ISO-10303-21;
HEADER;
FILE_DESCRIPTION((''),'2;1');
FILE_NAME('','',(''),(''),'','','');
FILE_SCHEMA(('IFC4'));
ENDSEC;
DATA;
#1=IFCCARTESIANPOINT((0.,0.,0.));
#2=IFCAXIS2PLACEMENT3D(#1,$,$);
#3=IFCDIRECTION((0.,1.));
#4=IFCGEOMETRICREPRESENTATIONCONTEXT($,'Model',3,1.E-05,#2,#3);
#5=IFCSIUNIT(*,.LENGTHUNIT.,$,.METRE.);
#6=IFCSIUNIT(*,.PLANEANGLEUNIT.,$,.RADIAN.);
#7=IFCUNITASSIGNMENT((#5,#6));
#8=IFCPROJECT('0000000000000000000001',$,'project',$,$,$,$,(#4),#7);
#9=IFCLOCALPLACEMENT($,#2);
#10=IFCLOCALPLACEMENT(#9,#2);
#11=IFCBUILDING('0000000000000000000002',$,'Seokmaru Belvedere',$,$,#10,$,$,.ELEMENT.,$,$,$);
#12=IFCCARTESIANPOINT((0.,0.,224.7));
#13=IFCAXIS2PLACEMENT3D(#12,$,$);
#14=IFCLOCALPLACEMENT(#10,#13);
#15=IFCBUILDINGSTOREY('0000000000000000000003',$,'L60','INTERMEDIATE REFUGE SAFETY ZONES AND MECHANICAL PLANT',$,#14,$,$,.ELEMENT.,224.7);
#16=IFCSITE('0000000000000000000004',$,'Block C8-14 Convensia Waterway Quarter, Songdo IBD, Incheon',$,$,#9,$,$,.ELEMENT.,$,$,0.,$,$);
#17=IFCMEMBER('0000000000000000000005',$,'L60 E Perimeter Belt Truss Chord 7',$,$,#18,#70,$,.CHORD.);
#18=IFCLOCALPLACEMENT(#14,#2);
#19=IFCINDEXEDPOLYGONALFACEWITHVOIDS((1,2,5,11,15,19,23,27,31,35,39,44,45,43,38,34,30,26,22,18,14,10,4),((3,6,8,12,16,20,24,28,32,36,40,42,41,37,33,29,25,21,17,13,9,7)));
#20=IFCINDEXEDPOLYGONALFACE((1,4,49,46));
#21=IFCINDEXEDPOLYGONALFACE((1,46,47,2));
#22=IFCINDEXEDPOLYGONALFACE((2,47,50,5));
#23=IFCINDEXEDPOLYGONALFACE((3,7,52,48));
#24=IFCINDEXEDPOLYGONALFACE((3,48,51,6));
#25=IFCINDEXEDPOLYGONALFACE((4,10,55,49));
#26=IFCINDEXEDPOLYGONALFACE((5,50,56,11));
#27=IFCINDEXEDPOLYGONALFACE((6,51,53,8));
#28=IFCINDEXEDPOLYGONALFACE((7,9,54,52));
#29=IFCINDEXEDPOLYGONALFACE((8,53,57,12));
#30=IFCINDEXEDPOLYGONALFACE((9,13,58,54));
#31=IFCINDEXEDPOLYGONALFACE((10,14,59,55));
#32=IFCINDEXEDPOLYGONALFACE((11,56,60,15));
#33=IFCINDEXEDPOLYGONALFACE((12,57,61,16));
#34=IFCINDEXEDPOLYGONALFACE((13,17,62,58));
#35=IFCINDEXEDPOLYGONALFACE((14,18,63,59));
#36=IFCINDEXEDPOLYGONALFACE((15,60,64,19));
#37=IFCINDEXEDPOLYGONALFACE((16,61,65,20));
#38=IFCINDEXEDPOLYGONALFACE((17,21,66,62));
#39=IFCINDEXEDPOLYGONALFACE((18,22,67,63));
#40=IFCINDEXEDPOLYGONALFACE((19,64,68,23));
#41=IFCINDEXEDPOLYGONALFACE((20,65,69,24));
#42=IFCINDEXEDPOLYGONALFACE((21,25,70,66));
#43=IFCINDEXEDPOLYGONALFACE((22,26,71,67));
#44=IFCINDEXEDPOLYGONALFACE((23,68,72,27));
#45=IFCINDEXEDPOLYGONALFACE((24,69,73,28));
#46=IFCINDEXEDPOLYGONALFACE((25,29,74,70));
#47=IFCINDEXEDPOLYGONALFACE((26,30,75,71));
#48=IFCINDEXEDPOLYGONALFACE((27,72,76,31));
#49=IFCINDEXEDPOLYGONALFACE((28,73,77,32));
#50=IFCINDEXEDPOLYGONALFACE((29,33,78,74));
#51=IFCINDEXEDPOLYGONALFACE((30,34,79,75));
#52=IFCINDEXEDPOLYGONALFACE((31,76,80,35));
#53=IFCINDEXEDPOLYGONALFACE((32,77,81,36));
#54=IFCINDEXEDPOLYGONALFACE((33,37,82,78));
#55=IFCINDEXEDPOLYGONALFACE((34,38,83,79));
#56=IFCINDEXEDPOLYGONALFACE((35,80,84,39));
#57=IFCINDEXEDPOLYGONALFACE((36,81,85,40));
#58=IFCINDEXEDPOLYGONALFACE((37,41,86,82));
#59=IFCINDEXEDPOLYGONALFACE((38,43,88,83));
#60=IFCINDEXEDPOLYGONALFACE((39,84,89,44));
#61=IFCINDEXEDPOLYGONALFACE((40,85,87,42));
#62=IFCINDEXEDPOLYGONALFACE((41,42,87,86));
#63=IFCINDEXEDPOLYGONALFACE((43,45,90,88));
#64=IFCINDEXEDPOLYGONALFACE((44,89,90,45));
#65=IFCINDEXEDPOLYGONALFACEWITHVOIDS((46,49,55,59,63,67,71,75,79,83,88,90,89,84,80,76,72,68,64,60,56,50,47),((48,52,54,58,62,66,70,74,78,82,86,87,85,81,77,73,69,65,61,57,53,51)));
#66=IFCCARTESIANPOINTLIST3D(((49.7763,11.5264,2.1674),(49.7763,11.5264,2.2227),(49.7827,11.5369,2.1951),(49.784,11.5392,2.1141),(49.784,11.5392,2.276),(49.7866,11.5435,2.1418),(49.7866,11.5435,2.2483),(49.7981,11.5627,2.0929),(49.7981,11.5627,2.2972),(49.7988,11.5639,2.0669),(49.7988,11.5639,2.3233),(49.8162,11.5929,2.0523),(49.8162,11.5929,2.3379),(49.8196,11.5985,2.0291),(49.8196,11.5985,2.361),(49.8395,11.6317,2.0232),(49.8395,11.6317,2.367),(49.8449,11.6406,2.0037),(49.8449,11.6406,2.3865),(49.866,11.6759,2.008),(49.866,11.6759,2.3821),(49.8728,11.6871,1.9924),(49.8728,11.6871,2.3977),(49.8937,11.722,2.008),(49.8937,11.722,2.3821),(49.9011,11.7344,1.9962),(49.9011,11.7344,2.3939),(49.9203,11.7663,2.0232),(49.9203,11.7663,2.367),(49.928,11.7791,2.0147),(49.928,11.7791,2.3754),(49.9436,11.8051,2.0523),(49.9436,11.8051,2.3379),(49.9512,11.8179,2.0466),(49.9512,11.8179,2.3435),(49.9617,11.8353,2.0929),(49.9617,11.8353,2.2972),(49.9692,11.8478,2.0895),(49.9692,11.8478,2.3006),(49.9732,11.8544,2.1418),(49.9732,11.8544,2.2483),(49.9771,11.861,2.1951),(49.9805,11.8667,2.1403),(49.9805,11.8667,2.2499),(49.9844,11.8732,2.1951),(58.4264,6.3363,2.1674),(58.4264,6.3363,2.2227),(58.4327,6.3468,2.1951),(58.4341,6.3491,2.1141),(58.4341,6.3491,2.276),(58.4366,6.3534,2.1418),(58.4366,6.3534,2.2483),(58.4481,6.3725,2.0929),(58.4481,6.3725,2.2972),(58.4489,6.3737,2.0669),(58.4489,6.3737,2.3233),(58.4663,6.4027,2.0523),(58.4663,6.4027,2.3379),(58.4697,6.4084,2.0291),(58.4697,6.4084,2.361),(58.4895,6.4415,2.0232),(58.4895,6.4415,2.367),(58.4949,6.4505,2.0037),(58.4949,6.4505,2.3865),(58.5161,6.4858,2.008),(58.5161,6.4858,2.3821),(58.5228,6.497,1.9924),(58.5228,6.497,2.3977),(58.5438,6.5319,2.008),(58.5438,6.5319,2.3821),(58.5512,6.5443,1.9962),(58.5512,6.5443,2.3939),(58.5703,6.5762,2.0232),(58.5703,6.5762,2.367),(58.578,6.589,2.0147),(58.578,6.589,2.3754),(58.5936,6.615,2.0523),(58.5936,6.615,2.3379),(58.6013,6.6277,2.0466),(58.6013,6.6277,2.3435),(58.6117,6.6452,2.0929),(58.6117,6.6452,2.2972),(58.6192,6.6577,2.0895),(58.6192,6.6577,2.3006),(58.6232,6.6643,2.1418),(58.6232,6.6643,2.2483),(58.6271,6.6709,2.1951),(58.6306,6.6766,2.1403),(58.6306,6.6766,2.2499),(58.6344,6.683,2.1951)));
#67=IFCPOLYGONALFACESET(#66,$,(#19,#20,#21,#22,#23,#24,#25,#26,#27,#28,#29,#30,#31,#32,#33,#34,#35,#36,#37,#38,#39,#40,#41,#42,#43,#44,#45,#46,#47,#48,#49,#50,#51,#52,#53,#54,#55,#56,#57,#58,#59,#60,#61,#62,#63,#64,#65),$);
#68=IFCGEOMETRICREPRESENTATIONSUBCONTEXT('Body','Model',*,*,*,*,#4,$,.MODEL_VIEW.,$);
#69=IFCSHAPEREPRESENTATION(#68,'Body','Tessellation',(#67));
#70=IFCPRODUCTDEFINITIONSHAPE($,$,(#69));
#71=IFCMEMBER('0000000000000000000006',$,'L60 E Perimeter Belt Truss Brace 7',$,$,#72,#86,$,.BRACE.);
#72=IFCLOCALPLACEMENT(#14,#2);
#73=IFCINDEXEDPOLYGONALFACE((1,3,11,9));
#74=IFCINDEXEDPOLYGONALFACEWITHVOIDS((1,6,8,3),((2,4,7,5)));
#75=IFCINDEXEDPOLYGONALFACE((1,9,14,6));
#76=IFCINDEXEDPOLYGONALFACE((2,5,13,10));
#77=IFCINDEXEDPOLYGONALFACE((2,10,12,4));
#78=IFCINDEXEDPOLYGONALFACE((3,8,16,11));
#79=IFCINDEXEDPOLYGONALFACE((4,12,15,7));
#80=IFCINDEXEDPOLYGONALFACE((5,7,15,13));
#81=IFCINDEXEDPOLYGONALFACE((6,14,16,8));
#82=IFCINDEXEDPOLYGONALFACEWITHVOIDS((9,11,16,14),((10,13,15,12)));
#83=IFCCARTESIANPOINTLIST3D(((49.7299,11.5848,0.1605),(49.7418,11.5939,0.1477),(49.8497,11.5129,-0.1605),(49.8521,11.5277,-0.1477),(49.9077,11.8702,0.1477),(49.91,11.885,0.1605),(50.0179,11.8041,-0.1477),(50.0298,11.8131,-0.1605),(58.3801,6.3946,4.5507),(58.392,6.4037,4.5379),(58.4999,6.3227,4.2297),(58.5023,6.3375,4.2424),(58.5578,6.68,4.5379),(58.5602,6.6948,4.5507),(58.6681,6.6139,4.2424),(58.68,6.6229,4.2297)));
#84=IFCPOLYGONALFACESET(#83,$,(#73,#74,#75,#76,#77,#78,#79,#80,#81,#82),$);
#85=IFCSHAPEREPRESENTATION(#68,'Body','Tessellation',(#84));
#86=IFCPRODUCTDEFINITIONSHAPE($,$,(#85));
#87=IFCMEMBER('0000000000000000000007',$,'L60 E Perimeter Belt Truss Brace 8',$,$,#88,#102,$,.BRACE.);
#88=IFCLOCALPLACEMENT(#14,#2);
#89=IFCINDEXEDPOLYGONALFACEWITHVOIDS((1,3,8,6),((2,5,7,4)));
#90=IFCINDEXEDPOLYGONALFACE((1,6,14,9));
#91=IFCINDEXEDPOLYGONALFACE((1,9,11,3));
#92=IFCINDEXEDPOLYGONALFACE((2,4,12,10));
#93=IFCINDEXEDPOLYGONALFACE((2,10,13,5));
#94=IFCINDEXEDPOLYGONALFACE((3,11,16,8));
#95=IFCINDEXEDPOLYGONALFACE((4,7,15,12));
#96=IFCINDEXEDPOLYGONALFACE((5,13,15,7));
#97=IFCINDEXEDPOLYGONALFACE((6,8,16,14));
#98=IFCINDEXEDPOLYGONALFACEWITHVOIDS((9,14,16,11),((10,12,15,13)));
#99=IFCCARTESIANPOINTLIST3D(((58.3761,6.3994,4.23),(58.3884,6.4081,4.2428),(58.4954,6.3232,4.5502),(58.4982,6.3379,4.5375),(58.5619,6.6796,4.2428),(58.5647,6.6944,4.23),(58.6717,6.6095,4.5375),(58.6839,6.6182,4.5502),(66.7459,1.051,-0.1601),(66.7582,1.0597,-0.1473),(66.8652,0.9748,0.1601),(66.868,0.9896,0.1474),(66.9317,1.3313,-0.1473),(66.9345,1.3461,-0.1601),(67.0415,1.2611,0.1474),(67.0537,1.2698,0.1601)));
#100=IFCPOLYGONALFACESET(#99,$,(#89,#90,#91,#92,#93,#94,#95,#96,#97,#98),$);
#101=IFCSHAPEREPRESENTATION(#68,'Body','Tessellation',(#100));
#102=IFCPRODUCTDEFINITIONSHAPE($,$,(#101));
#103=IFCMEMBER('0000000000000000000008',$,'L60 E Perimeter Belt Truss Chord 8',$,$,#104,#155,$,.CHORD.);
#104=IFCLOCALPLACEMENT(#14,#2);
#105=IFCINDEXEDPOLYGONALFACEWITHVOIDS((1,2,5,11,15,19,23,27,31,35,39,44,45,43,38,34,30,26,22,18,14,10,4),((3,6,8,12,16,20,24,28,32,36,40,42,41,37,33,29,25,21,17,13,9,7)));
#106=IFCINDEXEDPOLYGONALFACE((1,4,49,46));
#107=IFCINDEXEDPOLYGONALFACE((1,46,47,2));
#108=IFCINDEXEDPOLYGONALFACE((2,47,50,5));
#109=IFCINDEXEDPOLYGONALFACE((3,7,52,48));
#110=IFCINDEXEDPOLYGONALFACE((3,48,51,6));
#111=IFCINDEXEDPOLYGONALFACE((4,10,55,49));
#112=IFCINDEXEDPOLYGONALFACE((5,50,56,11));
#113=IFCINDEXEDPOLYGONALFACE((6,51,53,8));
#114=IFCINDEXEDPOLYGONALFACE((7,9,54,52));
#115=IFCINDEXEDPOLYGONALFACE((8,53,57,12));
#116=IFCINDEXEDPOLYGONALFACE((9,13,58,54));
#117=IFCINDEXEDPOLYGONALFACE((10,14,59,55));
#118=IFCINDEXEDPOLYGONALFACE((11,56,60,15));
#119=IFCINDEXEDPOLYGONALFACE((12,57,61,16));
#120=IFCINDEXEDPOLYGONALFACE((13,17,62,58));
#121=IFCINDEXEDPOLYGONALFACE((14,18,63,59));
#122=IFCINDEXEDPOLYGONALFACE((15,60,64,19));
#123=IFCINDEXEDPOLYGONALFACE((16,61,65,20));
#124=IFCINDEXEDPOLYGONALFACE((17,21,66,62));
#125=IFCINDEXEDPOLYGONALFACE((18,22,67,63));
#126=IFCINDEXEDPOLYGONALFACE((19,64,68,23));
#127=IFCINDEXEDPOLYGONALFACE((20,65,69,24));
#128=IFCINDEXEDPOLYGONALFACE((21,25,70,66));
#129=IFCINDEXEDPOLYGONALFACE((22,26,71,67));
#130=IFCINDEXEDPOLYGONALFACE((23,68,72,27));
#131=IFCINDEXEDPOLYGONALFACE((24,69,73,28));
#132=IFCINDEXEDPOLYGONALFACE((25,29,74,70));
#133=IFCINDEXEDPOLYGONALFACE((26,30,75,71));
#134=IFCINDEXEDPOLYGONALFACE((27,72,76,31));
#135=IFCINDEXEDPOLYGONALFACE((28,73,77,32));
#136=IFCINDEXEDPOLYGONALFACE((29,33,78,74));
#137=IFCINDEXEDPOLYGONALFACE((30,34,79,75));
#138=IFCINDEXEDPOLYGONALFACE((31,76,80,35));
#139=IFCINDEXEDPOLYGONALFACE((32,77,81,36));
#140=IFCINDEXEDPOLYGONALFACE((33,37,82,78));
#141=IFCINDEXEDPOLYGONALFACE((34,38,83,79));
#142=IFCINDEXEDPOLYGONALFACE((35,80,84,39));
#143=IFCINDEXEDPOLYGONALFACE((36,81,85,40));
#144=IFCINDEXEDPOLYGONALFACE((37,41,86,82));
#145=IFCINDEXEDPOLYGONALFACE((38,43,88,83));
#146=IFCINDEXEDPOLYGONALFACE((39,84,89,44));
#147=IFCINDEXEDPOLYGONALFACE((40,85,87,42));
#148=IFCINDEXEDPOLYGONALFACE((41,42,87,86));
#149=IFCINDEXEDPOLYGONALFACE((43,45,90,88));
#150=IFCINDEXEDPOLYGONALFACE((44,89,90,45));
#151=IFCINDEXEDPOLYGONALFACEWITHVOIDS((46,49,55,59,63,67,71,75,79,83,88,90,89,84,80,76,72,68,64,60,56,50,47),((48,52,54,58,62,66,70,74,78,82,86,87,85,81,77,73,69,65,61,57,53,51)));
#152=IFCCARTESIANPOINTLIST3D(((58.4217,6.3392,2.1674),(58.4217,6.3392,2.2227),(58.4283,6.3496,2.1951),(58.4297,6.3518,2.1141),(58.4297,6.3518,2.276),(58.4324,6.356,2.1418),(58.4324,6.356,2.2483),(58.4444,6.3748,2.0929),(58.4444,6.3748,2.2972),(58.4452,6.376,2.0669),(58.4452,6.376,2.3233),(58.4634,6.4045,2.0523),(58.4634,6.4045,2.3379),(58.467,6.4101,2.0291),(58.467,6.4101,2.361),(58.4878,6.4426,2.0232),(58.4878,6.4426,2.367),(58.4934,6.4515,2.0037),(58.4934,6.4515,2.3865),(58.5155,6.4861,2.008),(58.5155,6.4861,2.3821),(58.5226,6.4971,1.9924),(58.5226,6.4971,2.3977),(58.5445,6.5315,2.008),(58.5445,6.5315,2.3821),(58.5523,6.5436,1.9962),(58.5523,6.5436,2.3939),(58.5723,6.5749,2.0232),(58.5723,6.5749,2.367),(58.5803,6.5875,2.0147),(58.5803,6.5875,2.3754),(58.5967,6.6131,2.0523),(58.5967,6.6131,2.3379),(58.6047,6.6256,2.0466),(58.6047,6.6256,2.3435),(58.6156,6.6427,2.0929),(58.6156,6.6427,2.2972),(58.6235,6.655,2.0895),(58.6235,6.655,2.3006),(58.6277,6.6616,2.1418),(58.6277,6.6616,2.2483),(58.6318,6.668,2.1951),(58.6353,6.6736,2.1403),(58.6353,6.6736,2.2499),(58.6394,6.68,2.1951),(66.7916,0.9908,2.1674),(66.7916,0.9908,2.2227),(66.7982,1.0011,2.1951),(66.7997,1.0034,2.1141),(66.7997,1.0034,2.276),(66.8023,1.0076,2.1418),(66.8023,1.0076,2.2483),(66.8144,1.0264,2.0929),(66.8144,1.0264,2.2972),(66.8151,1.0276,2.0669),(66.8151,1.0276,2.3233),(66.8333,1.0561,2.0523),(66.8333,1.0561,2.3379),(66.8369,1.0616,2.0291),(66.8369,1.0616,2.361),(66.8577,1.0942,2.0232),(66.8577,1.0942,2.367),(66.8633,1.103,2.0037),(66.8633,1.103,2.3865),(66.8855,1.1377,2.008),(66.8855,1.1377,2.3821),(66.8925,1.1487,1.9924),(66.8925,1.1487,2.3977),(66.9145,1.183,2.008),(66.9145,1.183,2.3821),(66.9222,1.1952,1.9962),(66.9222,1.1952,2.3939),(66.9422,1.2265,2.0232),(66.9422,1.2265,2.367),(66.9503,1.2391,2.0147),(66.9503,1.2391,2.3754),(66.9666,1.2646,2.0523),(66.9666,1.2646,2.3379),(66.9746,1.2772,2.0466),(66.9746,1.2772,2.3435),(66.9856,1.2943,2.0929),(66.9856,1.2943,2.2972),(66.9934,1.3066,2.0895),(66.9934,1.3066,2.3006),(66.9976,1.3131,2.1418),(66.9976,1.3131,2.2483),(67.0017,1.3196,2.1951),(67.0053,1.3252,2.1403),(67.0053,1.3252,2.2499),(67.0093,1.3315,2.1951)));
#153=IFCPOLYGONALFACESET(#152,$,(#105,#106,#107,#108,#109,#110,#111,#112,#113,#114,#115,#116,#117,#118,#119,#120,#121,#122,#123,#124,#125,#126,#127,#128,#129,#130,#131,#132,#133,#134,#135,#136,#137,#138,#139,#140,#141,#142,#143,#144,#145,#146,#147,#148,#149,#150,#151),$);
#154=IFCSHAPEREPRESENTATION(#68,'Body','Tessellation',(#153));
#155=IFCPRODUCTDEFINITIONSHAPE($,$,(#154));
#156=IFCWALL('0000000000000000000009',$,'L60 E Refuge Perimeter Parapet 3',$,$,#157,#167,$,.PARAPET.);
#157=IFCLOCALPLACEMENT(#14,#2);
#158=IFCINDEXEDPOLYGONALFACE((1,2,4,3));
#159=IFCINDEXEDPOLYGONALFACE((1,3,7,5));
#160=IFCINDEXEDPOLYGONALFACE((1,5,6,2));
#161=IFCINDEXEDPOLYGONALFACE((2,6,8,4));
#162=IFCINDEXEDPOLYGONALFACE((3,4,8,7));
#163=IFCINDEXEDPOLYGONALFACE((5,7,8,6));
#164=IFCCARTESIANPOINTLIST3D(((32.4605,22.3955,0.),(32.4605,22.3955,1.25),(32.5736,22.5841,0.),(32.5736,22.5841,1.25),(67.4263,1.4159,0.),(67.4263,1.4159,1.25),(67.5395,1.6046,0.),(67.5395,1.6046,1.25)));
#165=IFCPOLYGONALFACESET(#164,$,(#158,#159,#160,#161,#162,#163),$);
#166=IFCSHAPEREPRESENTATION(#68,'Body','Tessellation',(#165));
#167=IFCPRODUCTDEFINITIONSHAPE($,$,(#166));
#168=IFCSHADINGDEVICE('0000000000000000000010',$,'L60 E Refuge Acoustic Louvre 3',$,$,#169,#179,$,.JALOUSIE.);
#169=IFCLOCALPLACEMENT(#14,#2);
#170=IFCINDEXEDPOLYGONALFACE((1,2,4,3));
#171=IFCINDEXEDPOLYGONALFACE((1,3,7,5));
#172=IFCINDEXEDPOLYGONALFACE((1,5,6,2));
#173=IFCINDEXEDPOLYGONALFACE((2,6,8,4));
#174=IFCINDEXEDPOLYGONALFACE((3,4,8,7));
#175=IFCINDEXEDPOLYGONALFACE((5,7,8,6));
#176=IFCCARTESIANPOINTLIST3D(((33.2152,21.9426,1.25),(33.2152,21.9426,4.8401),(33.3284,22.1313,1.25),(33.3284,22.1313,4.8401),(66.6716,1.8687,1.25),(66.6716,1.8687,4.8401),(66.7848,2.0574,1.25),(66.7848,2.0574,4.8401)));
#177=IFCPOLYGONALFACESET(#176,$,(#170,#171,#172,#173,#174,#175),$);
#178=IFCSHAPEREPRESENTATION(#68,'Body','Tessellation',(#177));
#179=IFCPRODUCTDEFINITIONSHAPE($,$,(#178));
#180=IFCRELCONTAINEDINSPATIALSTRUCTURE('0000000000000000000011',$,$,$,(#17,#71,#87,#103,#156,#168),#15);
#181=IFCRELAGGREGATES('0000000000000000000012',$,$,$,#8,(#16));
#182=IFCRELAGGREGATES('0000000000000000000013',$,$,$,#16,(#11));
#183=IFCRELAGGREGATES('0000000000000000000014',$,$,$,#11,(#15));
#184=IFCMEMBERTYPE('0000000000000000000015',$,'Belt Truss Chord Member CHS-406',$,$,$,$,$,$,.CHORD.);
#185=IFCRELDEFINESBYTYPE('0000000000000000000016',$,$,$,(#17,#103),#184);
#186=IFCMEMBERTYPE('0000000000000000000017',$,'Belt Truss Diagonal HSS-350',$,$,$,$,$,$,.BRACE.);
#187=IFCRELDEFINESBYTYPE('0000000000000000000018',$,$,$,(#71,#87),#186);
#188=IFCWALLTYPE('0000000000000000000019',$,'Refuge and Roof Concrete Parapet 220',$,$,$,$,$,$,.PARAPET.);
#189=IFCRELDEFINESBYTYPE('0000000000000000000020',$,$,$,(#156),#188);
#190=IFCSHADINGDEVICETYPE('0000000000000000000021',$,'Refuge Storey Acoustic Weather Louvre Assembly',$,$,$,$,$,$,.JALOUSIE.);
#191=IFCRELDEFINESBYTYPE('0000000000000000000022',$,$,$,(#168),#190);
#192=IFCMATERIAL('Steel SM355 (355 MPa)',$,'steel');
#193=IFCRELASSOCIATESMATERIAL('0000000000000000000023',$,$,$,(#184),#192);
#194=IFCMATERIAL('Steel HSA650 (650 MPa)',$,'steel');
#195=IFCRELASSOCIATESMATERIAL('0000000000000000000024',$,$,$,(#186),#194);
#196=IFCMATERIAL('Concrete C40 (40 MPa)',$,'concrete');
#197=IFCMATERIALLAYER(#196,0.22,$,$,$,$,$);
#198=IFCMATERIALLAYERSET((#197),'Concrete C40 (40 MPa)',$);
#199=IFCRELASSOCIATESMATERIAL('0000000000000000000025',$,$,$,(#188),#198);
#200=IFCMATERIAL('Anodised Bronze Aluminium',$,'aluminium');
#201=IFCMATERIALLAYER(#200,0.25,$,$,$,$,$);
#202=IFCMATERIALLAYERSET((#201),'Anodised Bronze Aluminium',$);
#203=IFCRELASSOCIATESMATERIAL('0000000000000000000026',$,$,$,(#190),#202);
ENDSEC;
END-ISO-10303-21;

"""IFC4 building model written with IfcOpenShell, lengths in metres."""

from ifc_helpers import new_model, si_unit, direction, frame, frame_2d, origin, origin_2d, place, context, subcontext, project, spatial, rectangle, hollow_rectangle, hollow_circle, extrude, source, transform, mapped, material, layer, layer_set, material_profile, profile_set, type_object, type_shapes, element, save


model = new_model("IFC4")

# Units and contexts
model_context = context("Model", 3, precision=1e-05, world=origin(), true_north=direction((0.0, 1.0)))
body_context = subcontext(model_context, "Body", "Model", "MODEL_VIEW")
ifc_project = project(units=[si_unit("LENGTHUNIT", "METRE"), si_unit("PLANEANGLEUNIT", "RADIAN")], contexts=[model_context])

# Site, building, storey
site_placement = place(None, origin())
site = spatial("IfcSite", under=ifc_project, at=site_placement, Name="Block C8-14 Convensia Waterway Quarter, Songdo IBD, Incheon", CompositionType="ELEMENT", RefElevation=0.0)
building_placement = place(site_placement, origin())
building = spatial("IfcBuilding", under=site, at=building_placement, Name="Seokmaru Belvedere", CompositionType="ELEMENT")
storey_placement = place(building_placement, frame((0.0, 0.0, 224.7)))
storey = spatial("IfcBuildingStorey", under=building, at=storey_placement, Name="L60", Description="INTERMEDIATE REFUGE SAFETY ZONES AND MECHANICAL PLANT", CompositionType="ELEMENT", Elevation=224.7)

# Shared definitions
ifc_material_1 = material(Name="Steel SM355 (355 MPa)", Category="steel")

# Members
ifc_material_2 = material(Name="Steel HSA650 (650 MPa)", Category="steel")
ifc_material_profile_1 = material_profile(ifc_material_1, hollow_circle(Radius=0.2031, WallThickness=0.0142, at=origin_2d()), Name="CHS-406.4x14.2")
ifc_profile_set_1 = profile_set([ifc_material_profile_1], Name="Steel SM355 (355 MPa)")
member_type_1 = type_object("IfcMemberType", Name="Belt Truss Chord Member CHS-406", PredefinedType="CHORD", material=ifc_profile_set_1)
shared_shape_1 = source(origin(), body_context, "Body", "SweptSolid", [
    extrude(hollow_circle(Radius=0.2031, WallThickness=0.0142, at=origin_2d()), origin(), (0.0, 0.0, 1.0), 10.0876),
])
member_1_placement = place(storey_placement, frame((49.8799, 11.699, 2.1951), z_axis=(0.857489, -0.514503, 0.0), x_axis=(0.514503, 0.857489, 0.0)))
element("IfcMember", 1, at=member_1_placement, inside=storey, type_object=member_type_1, Name="L60 E Perimeter Belt Truss Chord 7", PredefinedType="CHORD", context=body_context, shape_type="MappedRepresentation", body=[
    mapped(shared_shape_1, transform((0.0, 0.0, 0.0), scale=1.0)),
])
ifc_material_profile_2 = material_profile(ifc_material_2, hollow_rectangle(XDim=0.3501, YDim=0.3501, WallThickness=0.0139, at=origin_2d()), Name="HSS-350x350x14")
ifc_profile_set_2 = profile_set([ifc_material_profile_2], Name="Steel HSA650 (650 MPa)")
member_type_2 = type_object("IfcMemberType", Name="Belt Truss Diagonal HSS-350", PredefinedType="BRACE", material=ifc_profile_set_2)
shared_shape_2 = source(origin(), body_context, "Body", "SweptSolid", [
    extrude(hollow_rectangle(XDim=0.3501, YDim=0.3501, WallThickness=0.0139, at=origin_2d()), origin(), (0.0, 0.0, 1.0), 11.0017),
])
member_2_placement = place(storey_placement, frame((49.8799, 11.699, 0.0), z_axis=(0.786259, -0.471764, 0.399043), x_axis=(0.514503, 0.857489, 0.0)))
element("IfcMember", 2, at=member_2_placement, inside=storey, type_object=member_type_2, Name="L60 E Perimeter Belt Truss Brace 7", PredefinedType="BRACE", context=body_context, shape_type="MappedRepresentation", body=[
    mapped(shared_shape_2, transform((0.0, 0.0, 0.0), scale=1.0)),
])
shared_shape_3 = source(origin(), body_context, "Body", "SweptSolid", [
    extrude(hollow_rectangle(XDim=0.3501, YDim=0.3501, WallThickness=0.0139, at=origin_2d()), origin(), (0.0, 0.0, 1.0), 10.8596),
])
type_shapes(member_type_2, [shared_shape_2, shared_shape_3])
member_3_placement = place(storey_placement, frame((58.53, 6.5088, 4.3901), z_axis=(0.770727, -0.492498, -0.404259), x_axis=(0.538459, 0.842652, 0.0)))
element("IfcMember", 3, at=member_3_placement, inside=storey, type_object=member_type_2, Name="L60 E Perimeter Belt Truss Brace 8", PredefinedType="BRACE", context=body_context, shape_type="MappedRepresentation", body=[
    mapped(shared_shape_3, transform((0.0, 0.0, 0.0), scale=1.0)),
])
shared_shape_4 = source(origin(), body_context, "Body", "SweptSolid", [
    extrude(hollow_circle(Radius=0.2031, WallThickness=0.0142, at=origin_2d()), origin(), (0.0, 0.0, 1.0), 9.9329),
])
type_shapes(member_type_1, [shared_shape_1, shared_shape_4])
member_4_placement = place(storey_placement, frame((58.53, 6.5088, 2.1951), z_axis=(0.842652, -0.538459, 0.0), x_axis=(0.538459, 0.842652, 0.0)))
element("IfcMember", 4, at=member_4_placement, inside=storey, type_object=member_type_1, Name="L60 E Perimeter Belt Truss Chord 8", PredefinedType="CHORD", context=body_context, shape_type="MappedRepresentation", body=[
    mapped(shared_shape_4, transform((0.0, 0.0, 0.0), scale=1.0)),
])

# Wall
ifc_material_3 = material(Name="Concrete C40 (40 MPa)", Category="concrete")
ifc_layer_1 = layer(ifc_material_3, 0.22)
ifc_layer_set_1 = layer_set([ifc_layer_1], Name="Concrete C40 (40 MPa)")
wall_type = type_object("IfcWallType", Name="Refuge and Roof Concrete Parapet 220", PredefinedType="PARAPET", material=ifc_layer_set_1)
wall_placement = place(storey_placement, frame((67.4829, 1.5103, 0.0), z_axis=(0.0, 0.0, 1.0), x_axis=(-0.857493, 0.514496, 0.0)))
element("IfcWall", 5, at=wall_placement, inside=storey, type_object=wall_type, Name="L60 E Refuge Perimeter Parapet 3", PredefinedType="PARAPET", context=body_context, shape_type="SweptSolid", body=[
    extrude(rectangle(XDim=40.7769, YDim=0.22, at=frame_2d((20.3884, 0.0))), origin(), (0.0, 0.0, 1.0), 1.25),
])

# Shading device
ifc_material_4 = material(Name="Anodised Bronze Aluminium", Category="aluminium")
ifc_layer_2 = layer(ifc_material_4, 0.25)
ifc_layer_set_2 = layer_set([ifc_layer_2], Name="Anodised Bronze Aluminium")
shading_device_type = type_object("IfcShadingDeviceType", Name="Refuge Storey Acoustic Weather Louvre Assembly", PredefinedType="JALOUSIE", material=ifc_layer_set_2)
shared_shape_5 = source(origin(), body_context, "Body", "SweptSolid", [
    extrude(rectangle(XDim=39.0166, YDim=0.22, at=origin_2d()), origin(), (0.0, 0.0, 1.0), 3.5901),
])
type_shapes(shading_device_type, [shared_shape_5])
shading_device_placement = place(storey_placement, frame((50.0, 12.0, 1.25), z_axis=(0.0, 0.0, 1.0), x_axis=(-0.857493, 0.514496, 0.0)))
element("IfcShadingDevice", 6, at=shading_device_placement, inside=storey, type_object=shading_device_type, Name="L60 E Refuge Acoustic Louvre 3", PredefinedType="JALOUSIE", context=body_context, shape_type="MappedRepresentation", body=[
    mapped(shared_shape_5, transform((0.0, 0.0, 0.0), scale=1.0)),
])

save(model, "model.ifc")
